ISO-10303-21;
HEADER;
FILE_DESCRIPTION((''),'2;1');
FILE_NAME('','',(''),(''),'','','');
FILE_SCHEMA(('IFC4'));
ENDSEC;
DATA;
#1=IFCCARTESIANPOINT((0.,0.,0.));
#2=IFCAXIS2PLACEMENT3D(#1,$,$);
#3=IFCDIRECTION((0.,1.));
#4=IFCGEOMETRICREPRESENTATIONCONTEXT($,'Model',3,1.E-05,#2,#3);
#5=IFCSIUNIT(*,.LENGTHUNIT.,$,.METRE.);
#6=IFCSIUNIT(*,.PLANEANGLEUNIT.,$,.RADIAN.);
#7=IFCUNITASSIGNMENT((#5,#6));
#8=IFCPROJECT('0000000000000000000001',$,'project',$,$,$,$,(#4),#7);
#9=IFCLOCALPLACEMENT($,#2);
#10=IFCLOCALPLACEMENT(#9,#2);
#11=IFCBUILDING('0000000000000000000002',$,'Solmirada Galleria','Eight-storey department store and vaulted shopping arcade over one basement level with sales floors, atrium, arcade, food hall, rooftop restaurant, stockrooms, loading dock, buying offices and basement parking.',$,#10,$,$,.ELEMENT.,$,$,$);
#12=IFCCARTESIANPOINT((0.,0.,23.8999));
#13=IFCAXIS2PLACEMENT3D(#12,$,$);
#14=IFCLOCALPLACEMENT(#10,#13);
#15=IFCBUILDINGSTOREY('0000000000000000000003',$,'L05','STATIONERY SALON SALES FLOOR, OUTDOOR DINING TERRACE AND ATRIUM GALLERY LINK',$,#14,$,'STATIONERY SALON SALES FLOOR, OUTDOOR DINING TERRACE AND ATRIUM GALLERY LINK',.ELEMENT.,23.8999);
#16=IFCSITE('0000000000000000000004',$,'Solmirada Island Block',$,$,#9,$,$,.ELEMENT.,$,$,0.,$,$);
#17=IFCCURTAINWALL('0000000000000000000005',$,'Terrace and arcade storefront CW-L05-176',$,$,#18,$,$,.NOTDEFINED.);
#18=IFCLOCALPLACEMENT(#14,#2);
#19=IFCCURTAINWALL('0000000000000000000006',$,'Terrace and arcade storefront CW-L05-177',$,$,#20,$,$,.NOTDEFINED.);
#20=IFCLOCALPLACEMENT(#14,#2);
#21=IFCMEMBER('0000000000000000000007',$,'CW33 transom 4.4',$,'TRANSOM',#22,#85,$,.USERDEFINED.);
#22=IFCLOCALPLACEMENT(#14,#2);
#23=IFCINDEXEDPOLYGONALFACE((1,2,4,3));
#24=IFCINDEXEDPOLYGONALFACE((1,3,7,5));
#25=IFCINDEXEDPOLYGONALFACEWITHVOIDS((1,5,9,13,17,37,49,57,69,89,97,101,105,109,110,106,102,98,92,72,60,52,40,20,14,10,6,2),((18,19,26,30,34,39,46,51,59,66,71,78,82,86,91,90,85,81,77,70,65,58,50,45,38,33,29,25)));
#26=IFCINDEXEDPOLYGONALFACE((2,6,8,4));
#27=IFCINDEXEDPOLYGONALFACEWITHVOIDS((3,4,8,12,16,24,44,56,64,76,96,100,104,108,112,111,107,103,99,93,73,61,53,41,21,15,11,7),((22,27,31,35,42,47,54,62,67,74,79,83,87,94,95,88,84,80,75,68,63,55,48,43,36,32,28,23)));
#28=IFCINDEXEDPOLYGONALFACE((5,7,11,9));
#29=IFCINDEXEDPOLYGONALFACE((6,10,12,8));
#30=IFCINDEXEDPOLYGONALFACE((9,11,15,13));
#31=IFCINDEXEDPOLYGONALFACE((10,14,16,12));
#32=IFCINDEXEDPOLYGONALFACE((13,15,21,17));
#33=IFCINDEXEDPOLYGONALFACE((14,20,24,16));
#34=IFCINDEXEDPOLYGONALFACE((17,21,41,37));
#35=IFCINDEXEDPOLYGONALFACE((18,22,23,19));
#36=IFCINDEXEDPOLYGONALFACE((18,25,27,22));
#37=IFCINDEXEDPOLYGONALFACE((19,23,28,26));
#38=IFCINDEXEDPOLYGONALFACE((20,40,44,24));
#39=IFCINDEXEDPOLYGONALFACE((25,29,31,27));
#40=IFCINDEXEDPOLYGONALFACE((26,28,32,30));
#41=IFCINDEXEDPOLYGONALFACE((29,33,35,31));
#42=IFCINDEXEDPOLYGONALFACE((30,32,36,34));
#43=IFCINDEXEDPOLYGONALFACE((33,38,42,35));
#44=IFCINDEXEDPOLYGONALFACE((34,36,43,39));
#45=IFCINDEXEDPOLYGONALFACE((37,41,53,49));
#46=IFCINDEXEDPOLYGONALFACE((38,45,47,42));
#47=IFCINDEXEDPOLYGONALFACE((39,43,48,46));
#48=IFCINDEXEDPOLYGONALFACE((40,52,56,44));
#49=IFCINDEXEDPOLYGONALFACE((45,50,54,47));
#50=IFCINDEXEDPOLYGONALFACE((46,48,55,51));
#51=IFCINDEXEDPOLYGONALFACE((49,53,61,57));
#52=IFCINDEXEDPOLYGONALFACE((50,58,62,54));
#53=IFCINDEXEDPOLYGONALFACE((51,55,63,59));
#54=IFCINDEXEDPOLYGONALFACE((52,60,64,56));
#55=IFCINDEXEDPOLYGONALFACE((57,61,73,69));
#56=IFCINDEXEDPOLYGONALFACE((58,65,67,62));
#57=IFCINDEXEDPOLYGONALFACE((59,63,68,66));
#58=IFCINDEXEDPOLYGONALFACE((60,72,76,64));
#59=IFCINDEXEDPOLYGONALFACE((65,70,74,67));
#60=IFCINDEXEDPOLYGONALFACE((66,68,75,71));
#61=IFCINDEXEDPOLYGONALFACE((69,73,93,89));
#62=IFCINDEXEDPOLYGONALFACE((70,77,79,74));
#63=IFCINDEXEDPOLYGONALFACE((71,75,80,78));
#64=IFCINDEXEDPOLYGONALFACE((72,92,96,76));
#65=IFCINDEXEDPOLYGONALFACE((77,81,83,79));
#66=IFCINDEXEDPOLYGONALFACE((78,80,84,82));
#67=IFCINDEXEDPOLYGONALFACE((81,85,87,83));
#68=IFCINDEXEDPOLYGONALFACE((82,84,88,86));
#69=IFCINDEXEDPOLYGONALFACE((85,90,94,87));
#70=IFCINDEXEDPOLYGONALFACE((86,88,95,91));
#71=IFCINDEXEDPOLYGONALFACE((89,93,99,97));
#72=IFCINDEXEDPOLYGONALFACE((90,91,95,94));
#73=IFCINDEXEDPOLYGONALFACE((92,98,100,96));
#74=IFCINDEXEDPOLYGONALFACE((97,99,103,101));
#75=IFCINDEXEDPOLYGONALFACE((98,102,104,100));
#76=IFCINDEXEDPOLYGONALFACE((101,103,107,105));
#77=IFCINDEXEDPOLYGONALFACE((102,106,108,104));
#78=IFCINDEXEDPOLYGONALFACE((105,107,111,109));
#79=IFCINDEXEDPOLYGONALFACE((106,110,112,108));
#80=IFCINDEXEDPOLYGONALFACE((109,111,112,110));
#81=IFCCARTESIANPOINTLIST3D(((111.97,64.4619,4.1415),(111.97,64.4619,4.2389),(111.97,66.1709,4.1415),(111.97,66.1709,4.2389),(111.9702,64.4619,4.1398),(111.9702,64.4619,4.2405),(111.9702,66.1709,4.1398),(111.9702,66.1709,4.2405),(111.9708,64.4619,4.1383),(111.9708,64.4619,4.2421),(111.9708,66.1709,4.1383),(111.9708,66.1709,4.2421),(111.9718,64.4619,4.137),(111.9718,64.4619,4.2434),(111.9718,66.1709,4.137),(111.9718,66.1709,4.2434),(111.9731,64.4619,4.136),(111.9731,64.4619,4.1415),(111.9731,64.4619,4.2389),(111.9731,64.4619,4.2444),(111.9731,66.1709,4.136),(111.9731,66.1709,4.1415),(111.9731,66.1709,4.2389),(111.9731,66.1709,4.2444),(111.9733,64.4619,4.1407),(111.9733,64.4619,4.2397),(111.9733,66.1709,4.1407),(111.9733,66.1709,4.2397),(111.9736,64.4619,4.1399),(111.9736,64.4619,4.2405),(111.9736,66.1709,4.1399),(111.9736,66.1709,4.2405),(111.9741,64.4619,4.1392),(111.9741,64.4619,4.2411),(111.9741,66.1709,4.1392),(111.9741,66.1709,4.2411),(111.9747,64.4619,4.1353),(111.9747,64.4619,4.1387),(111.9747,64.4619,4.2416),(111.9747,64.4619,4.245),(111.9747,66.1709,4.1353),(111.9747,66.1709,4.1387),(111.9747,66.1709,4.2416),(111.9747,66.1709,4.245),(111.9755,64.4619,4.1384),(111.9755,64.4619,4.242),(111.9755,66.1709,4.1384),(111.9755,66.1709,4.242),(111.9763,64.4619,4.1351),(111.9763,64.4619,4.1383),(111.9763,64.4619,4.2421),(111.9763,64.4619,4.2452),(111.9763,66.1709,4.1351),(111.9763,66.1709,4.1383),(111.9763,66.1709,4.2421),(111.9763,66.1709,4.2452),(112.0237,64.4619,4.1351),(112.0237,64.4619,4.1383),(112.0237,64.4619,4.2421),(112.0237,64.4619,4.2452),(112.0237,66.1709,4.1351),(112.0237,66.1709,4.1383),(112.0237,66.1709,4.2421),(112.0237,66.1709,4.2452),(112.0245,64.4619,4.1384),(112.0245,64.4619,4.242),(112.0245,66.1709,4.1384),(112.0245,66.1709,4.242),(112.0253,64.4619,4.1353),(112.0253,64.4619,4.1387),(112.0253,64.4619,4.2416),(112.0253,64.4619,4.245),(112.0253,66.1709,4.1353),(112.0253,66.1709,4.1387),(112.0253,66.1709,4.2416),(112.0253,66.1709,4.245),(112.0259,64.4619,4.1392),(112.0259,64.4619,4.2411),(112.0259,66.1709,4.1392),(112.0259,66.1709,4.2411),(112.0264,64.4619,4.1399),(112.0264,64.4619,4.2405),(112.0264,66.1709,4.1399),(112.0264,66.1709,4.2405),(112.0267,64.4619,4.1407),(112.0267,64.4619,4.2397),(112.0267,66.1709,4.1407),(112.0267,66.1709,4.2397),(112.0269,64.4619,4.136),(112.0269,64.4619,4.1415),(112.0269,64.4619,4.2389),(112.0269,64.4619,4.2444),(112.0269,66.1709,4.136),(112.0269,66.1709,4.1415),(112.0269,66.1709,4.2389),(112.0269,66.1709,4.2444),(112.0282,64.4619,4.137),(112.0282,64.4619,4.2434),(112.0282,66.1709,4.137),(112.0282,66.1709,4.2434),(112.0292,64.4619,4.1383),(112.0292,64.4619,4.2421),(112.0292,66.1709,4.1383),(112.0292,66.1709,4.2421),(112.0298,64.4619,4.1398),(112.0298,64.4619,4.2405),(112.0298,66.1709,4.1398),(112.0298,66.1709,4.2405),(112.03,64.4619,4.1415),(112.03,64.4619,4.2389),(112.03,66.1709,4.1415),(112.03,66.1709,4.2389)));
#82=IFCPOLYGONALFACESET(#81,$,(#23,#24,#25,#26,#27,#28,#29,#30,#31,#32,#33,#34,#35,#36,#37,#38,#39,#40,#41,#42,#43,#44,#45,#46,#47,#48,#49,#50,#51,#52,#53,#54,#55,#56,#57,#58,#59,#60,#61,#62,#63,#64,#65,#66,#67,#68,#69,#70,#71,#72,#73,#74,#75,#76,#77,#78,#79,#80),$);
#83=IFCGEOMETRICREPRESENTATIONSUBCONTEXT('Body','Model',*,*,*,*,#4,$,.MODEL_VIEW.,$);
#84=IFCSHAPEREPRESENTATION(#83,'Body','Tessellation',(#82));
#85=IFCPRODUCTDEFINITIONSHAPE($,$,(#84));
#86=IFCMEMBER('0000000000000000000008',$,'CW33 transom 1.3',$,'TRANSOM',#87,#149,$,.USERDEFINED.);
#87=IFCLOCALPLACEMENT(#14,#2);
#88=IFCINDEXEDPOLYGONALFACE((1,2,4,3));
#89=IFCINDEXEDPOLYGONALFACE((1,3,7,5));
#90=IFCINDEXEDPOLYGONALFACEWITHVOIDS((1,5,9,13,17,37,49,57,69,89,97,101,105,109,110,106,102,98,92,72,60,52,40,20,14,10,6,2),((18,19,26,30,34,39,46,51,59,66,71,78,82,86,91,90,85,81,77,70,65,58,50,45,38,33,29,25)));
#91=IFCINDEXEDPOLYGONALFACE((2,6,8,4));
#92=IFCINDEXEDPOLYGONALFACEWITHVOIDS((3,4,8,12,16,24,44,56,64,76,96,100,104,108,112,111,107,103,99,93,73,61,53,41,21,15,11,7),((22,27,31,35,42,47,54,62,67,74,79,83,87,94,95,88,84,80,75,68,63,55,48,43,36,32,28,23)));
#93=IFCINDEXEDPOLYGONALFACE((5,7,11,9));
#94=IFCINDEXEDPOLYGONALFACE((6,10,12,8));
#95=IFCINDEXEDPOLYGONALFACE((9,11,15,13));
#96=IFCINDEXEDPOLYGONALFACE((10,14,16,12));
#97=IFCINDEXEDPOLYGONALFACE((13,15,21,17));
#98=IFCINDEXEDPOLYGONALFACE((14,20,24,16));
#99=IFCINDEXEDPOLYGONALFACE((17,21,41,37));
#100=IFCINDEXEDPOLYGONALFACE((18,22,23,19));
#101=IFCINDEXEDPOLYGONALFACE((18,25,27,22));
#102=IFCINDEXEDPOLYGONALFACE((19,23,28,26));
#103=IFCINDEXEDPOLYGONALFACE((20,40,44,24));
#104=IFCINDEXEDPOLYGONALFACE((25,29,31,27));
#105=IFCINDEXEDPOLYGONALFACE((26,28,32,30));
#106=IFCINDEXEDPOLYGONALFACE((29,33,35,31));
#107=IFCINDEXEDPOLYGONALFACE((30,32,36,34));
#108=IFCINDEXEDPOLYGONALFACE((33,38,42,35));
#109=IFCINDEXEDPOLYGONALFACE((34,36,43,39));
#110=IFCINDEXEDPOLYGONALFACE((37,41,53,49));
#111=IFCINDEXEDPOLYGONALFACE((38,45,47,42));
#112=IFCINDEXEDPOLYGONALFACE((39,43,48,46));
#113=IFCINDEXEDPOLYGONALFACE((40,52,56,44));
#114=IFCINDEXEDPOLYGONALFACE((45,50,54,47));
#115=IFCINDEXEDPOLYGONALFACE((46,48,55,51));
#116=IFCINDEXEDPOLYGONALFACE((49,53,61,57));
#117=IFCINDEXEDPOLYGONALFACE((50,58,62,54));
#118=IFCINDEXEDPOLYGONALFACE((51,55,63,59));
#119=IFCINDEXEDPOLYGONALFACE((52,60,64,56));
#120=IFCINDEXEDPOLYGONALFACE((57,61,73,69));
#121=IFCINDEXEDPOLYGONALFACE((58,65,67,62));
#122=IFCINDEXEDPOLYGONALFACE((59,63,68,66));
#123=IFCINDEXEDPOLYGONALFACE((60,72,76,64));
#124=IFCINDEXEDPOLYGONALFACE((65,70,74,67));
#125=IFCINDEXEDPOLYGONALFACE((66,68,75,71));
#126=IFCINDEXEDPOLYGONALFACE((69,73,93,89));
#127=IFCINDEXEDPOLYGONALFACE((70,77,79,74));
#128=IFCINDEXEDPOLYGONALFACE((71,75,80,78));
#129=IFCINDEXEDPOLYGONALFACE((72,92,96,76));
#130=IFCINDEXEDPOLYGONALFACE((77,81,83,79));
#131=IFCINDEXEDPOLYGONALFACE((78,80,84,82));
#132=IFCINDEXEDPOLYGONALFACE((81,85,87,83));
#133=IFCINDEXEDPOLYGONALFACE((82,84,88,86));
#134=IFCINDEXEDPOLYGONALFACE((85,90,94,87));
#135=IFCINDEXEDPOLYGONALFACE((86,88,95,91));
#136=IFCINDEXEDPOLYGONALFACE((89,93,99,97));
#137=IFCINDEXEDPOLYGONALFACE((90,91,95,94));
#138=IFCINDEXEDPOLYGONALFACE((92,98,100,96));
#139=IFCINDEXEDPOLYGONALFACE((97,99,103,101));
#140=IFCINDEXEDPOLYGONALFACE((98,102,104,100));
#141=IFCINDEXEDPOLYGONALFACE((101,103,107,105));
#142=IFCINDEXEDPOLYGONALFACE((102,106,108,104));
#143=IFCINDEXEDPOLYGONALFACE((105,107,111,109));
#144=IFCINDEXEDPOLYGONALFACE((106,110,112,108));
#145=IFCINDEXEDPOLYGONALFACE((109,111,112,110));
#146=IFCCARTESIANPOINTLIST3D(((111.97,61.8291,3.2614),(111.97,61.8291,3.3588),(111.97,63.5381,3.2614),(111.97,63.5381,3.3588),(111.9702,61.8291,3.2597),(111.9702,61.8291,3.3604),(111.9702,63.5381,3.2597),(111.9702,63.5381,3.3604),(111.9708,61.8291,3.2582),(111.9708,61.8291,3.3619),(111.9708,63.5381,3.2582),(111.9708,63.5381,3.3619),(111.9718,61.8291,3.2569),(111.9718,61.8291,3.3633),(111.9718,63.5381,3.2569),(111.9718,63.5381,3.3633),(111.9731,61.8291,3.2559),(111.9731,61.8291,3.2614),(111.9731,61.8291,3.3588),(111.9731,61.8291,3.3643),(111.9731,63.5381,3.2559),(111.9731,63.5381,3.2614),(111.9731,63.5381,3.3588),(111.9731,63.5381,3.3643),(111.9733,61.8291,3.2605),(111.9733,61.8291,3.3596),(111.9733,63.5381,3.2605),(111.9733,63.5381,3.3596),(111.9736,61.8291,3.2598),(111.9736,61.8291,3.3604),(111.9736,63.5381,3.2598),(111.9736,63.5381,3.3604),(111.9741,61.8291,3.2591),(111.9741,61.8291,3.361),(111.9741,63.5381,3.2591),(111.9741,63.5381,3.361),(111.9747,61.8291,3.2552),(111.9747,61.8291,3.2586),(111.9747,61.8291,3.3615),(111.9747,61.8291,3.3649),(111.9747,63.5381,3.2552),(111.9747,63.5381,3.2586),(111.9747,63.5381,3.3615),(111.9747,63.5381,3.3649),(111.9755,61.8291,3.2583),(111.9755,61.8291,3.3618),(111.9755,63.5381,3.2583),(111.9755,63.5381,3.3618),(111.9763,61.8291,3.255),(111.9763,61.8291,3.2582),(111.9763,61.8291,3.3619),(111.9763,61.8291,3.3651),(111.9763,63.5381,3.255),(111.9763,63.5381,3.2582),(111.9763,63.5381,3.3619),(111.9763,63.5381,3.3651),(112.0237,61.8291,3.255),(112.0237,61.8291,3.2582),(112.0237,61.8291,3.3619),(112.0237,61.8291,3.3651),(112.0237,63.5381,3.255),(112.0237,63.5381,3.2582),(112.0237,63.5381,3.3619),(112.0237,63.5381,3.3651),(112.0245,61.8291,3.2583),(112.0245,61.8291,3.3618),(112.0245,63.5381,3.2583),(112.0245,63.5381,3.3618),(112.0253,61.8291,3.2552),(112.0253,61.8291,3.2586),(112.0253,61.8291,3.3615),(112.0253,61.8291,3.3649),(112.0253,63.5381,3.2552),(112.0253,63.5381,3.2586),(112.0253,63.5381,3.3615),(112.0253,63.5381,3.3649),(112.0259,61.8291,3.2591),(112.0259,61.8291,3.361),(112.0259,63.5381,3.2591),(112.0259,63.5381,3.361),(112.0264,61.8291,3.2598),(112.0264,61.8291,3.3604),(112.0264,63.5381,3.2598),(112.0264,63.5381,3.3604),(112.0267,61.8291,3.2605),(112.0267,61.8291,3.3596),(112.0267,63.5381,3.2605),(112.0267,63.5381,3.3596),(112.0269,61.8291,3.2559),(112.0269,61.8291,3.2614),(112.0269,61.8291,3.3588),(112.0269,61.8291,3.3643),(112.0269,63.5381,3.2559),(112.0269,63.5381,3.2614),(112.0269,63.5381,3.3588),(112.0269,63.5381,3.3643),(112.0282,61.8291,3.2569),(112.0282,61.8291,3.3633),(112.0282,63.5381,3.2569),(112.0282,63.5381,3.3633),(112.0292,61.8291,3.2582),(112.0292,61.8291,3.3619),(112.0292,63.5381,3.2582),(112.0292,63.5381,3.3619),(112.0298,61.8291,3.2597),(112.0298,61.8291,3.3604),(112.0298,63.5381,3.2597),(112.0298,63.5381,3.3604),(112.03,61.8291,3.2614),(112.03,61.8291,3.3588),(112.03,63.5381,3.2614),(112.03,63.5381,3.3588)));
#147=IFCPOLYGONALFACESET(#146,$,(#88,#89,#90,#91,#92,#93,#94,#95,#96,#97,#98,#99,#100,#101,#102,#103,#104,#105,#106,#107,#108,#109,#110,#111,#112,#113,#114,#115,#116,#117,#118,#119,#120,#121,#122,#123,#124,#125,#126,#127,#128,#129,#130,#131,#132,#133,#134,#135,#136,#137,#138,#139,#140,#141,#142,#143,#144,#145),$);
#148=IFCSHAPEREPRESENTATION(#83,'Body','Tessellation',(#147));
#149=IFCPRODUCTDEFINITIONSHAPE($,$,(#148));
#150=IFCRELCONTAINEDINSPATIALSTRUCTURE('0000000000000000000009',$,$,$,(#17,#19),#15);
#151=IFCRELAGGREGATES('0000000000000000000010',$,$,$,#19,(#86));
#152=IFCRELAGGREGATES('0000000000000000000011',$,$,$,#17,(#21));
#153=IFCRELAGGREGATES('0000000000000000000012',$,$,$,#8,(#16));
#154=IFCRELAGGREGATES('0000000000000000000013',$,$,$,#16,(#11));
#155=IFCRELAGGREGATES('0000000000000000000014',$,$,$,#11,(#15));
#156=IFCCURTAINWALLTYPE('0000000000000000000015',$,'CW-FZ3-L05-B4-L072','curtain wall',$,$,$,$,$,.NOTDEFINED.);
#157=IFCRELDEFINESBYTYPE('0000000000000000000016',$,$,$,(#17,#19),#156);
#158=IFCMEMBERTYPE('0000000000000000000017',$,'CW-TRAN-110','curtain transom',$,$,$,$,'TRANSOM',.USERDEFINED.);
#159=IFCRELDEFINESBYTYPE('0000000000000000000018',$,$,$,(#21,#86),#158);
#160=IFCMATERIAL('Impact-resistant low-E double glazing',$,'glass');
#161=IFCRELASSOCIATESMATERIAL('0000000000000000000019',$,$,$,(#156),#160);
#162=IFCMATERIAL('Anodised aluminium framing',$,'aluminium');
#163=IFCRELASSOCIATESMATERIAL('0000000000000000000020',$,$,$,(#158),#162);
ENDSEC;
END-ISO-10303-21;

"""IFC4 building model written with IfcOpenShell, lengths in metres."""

from ifc_helpers import new_model, si_unit, direction, frame, origin, origin_2d, place, context, subcontext, project, spatial, hollow_rectangle, extrude, material, material_profile, profile_set, type_object, element, aggregate, save


model = new_model("IFC4")

# Units and contexts
model_context = context("Model", 3, precision=1e-05, world=origin(), true_north=direction((0.0, 1.0)))
body_context = subcontext(model_context, "Body", "Model", "MODEL_VIEW")
ifc_project = project(units=[si_unit("LENGTHUNIT", "METRE"), si_unit("PLANEANGLEUNIT", "RADIAN")], contexts=[model_context])

# Site, building, storey
site_placement = place(None, origin())
site = spatial("IfcSite", under=ifc_project, at=site_placement, Name="Solmirada Island Block", CompositionType="ELEMENT", RefElevation=0.0)
building_placement = place(site_placement, origin())
building = spatial("IfcBuilding", under=site, at=building_placement, Name="Solmirada Galleria", Description="Eight-storey department store and vaulted shopping arcade over one basement level with sales floors, atrium, arcade, food hall, rooftop restaurant, stockrooms, loading dock, buying offices and basement parking.", CompositionType="ELEMENT")
storey_placement = place(building_placement, frame((0.0, 0.0, 23.8999)))
storey = spatial("IfcBuildingStorey", under=building, at=storey_placement, Name="L05", Description="STATIONERY SALON SALES FLOOR, OUTDOOR DINING TERRACE AND ATRIUM GALLERY LINK", LongName="STATIONERY SALON SALES FLOOR, OUTDOOR DINING TERRACE AND ATRIUM GALLERY LINK", CompositionType="ELEMENT", Elevation=23.8999)

# Curtain wall
ifc_material_1 = material(Name="Impact-resistant low-E double glazing", Category="glass")
curtain_wall_type = type_object("IfcCurtainWallType", Name="CW-FZ3-L05-B4-L072", Description="curtain wall", PredefinedType="NOTDEFINED", material=ifc_material_1)
curtain_wall_1_placement = place(storey_placement, origin())
curtain_wall_1 = element("IfcCurtainWall", 1, at=curtain_wall_1_placement, inside=storey, type_object=curtain_wall_type, Name="Terrace and arcade storefront CW-L05-176", PredefinedType="NOTDEFINED")
ifc_material_2 = material(Name="Anodised aluminium framing", Category="aluminium")

# Curtain wall
curtain_wall_2_placement = place(storey_placement, origin())
curtain_wall_2 = element("IfcCurtainWall", 2, at=curtain_wall_2_placement, inside=storey, type_object=curtain_wall_type, Name="Terrace and arcade storefront CW-L05-177", PredefinedType="NOTDEFINED")

# Members
ifc_material_profile_1 = material_profile(ifc_material_2, hollow_rectangle(XDim=0.0601, YDim=0.1101, WallThickness=0.0032, InnerFilletRadius=0.0032, OuterFilletRadius=0.0063, at=origin_2d()), Name="ALU-TRAN-110X60")
ifc_profile_set_1 = profile_set([ifc_material_profile_1], Name="Anodised aluminium framing")
member_type_1 = type_object("IfcMemberType", Name="CW-TRAN-110", Description="curtain transom", ElementType="TRANSOM", PredefinedType="USERDEFINED", material=ifc_profile_set_1)
member_1_placement = place(storey_placement, frame((112.0, 66.1709, 4.1902), z_axis=(0.0, -1.0, 0.0), x_axis=(1.0, 0.0, 0.0)))
member_1 = element("IfcMember", 3, at=member_1_placement, type_object=member_type_1, Name="CW33 transom 4.4", ObjectType="TRANSOM", PredefinedType="USERDEFINED", context=body_context, shape_type="SweptSolid", body=[
    extrude(hollow_rectangle(XDim=0.0601, YDim=0.1101, WallThickness=0.0032, InnerFilletRadius=0.0032, OuterFilletRadius=0.0063, at=origin_2d()), origin(), (0.0, 0.0, 1.0), 1.709),
])
member_2_placement = place(storey_placement, frame((112.0, 63.5381, 3.3101), z_axis=(0.0, -1.0, 0.0), x_axis=(1.0, 0.0, 0.0)))
member_2 = element("IfcMember", 4, at=member_2_placement, type_object=member_type_1, Name="CW33 transom 1.3", ObjectType="TRANSOM", PredefinedType="USERDEFINED", context=body_context, shape_type="SweptSolid", body=[
    extrude(hollow_rectangle(XDim=0.0601, YDim=0.1101, WallThickness=0.0032, InnerFilletRadius=0.0032, OuterFilletRadius=0.0063, at=origin_2d()), origin(), (0.0, 0.0, 1.0), 1.709),
])
aggregate(curtain_wall_2, [member_2])

aggregate(curtain_wall_1, [member_1])

save(model, "model.ifc")
